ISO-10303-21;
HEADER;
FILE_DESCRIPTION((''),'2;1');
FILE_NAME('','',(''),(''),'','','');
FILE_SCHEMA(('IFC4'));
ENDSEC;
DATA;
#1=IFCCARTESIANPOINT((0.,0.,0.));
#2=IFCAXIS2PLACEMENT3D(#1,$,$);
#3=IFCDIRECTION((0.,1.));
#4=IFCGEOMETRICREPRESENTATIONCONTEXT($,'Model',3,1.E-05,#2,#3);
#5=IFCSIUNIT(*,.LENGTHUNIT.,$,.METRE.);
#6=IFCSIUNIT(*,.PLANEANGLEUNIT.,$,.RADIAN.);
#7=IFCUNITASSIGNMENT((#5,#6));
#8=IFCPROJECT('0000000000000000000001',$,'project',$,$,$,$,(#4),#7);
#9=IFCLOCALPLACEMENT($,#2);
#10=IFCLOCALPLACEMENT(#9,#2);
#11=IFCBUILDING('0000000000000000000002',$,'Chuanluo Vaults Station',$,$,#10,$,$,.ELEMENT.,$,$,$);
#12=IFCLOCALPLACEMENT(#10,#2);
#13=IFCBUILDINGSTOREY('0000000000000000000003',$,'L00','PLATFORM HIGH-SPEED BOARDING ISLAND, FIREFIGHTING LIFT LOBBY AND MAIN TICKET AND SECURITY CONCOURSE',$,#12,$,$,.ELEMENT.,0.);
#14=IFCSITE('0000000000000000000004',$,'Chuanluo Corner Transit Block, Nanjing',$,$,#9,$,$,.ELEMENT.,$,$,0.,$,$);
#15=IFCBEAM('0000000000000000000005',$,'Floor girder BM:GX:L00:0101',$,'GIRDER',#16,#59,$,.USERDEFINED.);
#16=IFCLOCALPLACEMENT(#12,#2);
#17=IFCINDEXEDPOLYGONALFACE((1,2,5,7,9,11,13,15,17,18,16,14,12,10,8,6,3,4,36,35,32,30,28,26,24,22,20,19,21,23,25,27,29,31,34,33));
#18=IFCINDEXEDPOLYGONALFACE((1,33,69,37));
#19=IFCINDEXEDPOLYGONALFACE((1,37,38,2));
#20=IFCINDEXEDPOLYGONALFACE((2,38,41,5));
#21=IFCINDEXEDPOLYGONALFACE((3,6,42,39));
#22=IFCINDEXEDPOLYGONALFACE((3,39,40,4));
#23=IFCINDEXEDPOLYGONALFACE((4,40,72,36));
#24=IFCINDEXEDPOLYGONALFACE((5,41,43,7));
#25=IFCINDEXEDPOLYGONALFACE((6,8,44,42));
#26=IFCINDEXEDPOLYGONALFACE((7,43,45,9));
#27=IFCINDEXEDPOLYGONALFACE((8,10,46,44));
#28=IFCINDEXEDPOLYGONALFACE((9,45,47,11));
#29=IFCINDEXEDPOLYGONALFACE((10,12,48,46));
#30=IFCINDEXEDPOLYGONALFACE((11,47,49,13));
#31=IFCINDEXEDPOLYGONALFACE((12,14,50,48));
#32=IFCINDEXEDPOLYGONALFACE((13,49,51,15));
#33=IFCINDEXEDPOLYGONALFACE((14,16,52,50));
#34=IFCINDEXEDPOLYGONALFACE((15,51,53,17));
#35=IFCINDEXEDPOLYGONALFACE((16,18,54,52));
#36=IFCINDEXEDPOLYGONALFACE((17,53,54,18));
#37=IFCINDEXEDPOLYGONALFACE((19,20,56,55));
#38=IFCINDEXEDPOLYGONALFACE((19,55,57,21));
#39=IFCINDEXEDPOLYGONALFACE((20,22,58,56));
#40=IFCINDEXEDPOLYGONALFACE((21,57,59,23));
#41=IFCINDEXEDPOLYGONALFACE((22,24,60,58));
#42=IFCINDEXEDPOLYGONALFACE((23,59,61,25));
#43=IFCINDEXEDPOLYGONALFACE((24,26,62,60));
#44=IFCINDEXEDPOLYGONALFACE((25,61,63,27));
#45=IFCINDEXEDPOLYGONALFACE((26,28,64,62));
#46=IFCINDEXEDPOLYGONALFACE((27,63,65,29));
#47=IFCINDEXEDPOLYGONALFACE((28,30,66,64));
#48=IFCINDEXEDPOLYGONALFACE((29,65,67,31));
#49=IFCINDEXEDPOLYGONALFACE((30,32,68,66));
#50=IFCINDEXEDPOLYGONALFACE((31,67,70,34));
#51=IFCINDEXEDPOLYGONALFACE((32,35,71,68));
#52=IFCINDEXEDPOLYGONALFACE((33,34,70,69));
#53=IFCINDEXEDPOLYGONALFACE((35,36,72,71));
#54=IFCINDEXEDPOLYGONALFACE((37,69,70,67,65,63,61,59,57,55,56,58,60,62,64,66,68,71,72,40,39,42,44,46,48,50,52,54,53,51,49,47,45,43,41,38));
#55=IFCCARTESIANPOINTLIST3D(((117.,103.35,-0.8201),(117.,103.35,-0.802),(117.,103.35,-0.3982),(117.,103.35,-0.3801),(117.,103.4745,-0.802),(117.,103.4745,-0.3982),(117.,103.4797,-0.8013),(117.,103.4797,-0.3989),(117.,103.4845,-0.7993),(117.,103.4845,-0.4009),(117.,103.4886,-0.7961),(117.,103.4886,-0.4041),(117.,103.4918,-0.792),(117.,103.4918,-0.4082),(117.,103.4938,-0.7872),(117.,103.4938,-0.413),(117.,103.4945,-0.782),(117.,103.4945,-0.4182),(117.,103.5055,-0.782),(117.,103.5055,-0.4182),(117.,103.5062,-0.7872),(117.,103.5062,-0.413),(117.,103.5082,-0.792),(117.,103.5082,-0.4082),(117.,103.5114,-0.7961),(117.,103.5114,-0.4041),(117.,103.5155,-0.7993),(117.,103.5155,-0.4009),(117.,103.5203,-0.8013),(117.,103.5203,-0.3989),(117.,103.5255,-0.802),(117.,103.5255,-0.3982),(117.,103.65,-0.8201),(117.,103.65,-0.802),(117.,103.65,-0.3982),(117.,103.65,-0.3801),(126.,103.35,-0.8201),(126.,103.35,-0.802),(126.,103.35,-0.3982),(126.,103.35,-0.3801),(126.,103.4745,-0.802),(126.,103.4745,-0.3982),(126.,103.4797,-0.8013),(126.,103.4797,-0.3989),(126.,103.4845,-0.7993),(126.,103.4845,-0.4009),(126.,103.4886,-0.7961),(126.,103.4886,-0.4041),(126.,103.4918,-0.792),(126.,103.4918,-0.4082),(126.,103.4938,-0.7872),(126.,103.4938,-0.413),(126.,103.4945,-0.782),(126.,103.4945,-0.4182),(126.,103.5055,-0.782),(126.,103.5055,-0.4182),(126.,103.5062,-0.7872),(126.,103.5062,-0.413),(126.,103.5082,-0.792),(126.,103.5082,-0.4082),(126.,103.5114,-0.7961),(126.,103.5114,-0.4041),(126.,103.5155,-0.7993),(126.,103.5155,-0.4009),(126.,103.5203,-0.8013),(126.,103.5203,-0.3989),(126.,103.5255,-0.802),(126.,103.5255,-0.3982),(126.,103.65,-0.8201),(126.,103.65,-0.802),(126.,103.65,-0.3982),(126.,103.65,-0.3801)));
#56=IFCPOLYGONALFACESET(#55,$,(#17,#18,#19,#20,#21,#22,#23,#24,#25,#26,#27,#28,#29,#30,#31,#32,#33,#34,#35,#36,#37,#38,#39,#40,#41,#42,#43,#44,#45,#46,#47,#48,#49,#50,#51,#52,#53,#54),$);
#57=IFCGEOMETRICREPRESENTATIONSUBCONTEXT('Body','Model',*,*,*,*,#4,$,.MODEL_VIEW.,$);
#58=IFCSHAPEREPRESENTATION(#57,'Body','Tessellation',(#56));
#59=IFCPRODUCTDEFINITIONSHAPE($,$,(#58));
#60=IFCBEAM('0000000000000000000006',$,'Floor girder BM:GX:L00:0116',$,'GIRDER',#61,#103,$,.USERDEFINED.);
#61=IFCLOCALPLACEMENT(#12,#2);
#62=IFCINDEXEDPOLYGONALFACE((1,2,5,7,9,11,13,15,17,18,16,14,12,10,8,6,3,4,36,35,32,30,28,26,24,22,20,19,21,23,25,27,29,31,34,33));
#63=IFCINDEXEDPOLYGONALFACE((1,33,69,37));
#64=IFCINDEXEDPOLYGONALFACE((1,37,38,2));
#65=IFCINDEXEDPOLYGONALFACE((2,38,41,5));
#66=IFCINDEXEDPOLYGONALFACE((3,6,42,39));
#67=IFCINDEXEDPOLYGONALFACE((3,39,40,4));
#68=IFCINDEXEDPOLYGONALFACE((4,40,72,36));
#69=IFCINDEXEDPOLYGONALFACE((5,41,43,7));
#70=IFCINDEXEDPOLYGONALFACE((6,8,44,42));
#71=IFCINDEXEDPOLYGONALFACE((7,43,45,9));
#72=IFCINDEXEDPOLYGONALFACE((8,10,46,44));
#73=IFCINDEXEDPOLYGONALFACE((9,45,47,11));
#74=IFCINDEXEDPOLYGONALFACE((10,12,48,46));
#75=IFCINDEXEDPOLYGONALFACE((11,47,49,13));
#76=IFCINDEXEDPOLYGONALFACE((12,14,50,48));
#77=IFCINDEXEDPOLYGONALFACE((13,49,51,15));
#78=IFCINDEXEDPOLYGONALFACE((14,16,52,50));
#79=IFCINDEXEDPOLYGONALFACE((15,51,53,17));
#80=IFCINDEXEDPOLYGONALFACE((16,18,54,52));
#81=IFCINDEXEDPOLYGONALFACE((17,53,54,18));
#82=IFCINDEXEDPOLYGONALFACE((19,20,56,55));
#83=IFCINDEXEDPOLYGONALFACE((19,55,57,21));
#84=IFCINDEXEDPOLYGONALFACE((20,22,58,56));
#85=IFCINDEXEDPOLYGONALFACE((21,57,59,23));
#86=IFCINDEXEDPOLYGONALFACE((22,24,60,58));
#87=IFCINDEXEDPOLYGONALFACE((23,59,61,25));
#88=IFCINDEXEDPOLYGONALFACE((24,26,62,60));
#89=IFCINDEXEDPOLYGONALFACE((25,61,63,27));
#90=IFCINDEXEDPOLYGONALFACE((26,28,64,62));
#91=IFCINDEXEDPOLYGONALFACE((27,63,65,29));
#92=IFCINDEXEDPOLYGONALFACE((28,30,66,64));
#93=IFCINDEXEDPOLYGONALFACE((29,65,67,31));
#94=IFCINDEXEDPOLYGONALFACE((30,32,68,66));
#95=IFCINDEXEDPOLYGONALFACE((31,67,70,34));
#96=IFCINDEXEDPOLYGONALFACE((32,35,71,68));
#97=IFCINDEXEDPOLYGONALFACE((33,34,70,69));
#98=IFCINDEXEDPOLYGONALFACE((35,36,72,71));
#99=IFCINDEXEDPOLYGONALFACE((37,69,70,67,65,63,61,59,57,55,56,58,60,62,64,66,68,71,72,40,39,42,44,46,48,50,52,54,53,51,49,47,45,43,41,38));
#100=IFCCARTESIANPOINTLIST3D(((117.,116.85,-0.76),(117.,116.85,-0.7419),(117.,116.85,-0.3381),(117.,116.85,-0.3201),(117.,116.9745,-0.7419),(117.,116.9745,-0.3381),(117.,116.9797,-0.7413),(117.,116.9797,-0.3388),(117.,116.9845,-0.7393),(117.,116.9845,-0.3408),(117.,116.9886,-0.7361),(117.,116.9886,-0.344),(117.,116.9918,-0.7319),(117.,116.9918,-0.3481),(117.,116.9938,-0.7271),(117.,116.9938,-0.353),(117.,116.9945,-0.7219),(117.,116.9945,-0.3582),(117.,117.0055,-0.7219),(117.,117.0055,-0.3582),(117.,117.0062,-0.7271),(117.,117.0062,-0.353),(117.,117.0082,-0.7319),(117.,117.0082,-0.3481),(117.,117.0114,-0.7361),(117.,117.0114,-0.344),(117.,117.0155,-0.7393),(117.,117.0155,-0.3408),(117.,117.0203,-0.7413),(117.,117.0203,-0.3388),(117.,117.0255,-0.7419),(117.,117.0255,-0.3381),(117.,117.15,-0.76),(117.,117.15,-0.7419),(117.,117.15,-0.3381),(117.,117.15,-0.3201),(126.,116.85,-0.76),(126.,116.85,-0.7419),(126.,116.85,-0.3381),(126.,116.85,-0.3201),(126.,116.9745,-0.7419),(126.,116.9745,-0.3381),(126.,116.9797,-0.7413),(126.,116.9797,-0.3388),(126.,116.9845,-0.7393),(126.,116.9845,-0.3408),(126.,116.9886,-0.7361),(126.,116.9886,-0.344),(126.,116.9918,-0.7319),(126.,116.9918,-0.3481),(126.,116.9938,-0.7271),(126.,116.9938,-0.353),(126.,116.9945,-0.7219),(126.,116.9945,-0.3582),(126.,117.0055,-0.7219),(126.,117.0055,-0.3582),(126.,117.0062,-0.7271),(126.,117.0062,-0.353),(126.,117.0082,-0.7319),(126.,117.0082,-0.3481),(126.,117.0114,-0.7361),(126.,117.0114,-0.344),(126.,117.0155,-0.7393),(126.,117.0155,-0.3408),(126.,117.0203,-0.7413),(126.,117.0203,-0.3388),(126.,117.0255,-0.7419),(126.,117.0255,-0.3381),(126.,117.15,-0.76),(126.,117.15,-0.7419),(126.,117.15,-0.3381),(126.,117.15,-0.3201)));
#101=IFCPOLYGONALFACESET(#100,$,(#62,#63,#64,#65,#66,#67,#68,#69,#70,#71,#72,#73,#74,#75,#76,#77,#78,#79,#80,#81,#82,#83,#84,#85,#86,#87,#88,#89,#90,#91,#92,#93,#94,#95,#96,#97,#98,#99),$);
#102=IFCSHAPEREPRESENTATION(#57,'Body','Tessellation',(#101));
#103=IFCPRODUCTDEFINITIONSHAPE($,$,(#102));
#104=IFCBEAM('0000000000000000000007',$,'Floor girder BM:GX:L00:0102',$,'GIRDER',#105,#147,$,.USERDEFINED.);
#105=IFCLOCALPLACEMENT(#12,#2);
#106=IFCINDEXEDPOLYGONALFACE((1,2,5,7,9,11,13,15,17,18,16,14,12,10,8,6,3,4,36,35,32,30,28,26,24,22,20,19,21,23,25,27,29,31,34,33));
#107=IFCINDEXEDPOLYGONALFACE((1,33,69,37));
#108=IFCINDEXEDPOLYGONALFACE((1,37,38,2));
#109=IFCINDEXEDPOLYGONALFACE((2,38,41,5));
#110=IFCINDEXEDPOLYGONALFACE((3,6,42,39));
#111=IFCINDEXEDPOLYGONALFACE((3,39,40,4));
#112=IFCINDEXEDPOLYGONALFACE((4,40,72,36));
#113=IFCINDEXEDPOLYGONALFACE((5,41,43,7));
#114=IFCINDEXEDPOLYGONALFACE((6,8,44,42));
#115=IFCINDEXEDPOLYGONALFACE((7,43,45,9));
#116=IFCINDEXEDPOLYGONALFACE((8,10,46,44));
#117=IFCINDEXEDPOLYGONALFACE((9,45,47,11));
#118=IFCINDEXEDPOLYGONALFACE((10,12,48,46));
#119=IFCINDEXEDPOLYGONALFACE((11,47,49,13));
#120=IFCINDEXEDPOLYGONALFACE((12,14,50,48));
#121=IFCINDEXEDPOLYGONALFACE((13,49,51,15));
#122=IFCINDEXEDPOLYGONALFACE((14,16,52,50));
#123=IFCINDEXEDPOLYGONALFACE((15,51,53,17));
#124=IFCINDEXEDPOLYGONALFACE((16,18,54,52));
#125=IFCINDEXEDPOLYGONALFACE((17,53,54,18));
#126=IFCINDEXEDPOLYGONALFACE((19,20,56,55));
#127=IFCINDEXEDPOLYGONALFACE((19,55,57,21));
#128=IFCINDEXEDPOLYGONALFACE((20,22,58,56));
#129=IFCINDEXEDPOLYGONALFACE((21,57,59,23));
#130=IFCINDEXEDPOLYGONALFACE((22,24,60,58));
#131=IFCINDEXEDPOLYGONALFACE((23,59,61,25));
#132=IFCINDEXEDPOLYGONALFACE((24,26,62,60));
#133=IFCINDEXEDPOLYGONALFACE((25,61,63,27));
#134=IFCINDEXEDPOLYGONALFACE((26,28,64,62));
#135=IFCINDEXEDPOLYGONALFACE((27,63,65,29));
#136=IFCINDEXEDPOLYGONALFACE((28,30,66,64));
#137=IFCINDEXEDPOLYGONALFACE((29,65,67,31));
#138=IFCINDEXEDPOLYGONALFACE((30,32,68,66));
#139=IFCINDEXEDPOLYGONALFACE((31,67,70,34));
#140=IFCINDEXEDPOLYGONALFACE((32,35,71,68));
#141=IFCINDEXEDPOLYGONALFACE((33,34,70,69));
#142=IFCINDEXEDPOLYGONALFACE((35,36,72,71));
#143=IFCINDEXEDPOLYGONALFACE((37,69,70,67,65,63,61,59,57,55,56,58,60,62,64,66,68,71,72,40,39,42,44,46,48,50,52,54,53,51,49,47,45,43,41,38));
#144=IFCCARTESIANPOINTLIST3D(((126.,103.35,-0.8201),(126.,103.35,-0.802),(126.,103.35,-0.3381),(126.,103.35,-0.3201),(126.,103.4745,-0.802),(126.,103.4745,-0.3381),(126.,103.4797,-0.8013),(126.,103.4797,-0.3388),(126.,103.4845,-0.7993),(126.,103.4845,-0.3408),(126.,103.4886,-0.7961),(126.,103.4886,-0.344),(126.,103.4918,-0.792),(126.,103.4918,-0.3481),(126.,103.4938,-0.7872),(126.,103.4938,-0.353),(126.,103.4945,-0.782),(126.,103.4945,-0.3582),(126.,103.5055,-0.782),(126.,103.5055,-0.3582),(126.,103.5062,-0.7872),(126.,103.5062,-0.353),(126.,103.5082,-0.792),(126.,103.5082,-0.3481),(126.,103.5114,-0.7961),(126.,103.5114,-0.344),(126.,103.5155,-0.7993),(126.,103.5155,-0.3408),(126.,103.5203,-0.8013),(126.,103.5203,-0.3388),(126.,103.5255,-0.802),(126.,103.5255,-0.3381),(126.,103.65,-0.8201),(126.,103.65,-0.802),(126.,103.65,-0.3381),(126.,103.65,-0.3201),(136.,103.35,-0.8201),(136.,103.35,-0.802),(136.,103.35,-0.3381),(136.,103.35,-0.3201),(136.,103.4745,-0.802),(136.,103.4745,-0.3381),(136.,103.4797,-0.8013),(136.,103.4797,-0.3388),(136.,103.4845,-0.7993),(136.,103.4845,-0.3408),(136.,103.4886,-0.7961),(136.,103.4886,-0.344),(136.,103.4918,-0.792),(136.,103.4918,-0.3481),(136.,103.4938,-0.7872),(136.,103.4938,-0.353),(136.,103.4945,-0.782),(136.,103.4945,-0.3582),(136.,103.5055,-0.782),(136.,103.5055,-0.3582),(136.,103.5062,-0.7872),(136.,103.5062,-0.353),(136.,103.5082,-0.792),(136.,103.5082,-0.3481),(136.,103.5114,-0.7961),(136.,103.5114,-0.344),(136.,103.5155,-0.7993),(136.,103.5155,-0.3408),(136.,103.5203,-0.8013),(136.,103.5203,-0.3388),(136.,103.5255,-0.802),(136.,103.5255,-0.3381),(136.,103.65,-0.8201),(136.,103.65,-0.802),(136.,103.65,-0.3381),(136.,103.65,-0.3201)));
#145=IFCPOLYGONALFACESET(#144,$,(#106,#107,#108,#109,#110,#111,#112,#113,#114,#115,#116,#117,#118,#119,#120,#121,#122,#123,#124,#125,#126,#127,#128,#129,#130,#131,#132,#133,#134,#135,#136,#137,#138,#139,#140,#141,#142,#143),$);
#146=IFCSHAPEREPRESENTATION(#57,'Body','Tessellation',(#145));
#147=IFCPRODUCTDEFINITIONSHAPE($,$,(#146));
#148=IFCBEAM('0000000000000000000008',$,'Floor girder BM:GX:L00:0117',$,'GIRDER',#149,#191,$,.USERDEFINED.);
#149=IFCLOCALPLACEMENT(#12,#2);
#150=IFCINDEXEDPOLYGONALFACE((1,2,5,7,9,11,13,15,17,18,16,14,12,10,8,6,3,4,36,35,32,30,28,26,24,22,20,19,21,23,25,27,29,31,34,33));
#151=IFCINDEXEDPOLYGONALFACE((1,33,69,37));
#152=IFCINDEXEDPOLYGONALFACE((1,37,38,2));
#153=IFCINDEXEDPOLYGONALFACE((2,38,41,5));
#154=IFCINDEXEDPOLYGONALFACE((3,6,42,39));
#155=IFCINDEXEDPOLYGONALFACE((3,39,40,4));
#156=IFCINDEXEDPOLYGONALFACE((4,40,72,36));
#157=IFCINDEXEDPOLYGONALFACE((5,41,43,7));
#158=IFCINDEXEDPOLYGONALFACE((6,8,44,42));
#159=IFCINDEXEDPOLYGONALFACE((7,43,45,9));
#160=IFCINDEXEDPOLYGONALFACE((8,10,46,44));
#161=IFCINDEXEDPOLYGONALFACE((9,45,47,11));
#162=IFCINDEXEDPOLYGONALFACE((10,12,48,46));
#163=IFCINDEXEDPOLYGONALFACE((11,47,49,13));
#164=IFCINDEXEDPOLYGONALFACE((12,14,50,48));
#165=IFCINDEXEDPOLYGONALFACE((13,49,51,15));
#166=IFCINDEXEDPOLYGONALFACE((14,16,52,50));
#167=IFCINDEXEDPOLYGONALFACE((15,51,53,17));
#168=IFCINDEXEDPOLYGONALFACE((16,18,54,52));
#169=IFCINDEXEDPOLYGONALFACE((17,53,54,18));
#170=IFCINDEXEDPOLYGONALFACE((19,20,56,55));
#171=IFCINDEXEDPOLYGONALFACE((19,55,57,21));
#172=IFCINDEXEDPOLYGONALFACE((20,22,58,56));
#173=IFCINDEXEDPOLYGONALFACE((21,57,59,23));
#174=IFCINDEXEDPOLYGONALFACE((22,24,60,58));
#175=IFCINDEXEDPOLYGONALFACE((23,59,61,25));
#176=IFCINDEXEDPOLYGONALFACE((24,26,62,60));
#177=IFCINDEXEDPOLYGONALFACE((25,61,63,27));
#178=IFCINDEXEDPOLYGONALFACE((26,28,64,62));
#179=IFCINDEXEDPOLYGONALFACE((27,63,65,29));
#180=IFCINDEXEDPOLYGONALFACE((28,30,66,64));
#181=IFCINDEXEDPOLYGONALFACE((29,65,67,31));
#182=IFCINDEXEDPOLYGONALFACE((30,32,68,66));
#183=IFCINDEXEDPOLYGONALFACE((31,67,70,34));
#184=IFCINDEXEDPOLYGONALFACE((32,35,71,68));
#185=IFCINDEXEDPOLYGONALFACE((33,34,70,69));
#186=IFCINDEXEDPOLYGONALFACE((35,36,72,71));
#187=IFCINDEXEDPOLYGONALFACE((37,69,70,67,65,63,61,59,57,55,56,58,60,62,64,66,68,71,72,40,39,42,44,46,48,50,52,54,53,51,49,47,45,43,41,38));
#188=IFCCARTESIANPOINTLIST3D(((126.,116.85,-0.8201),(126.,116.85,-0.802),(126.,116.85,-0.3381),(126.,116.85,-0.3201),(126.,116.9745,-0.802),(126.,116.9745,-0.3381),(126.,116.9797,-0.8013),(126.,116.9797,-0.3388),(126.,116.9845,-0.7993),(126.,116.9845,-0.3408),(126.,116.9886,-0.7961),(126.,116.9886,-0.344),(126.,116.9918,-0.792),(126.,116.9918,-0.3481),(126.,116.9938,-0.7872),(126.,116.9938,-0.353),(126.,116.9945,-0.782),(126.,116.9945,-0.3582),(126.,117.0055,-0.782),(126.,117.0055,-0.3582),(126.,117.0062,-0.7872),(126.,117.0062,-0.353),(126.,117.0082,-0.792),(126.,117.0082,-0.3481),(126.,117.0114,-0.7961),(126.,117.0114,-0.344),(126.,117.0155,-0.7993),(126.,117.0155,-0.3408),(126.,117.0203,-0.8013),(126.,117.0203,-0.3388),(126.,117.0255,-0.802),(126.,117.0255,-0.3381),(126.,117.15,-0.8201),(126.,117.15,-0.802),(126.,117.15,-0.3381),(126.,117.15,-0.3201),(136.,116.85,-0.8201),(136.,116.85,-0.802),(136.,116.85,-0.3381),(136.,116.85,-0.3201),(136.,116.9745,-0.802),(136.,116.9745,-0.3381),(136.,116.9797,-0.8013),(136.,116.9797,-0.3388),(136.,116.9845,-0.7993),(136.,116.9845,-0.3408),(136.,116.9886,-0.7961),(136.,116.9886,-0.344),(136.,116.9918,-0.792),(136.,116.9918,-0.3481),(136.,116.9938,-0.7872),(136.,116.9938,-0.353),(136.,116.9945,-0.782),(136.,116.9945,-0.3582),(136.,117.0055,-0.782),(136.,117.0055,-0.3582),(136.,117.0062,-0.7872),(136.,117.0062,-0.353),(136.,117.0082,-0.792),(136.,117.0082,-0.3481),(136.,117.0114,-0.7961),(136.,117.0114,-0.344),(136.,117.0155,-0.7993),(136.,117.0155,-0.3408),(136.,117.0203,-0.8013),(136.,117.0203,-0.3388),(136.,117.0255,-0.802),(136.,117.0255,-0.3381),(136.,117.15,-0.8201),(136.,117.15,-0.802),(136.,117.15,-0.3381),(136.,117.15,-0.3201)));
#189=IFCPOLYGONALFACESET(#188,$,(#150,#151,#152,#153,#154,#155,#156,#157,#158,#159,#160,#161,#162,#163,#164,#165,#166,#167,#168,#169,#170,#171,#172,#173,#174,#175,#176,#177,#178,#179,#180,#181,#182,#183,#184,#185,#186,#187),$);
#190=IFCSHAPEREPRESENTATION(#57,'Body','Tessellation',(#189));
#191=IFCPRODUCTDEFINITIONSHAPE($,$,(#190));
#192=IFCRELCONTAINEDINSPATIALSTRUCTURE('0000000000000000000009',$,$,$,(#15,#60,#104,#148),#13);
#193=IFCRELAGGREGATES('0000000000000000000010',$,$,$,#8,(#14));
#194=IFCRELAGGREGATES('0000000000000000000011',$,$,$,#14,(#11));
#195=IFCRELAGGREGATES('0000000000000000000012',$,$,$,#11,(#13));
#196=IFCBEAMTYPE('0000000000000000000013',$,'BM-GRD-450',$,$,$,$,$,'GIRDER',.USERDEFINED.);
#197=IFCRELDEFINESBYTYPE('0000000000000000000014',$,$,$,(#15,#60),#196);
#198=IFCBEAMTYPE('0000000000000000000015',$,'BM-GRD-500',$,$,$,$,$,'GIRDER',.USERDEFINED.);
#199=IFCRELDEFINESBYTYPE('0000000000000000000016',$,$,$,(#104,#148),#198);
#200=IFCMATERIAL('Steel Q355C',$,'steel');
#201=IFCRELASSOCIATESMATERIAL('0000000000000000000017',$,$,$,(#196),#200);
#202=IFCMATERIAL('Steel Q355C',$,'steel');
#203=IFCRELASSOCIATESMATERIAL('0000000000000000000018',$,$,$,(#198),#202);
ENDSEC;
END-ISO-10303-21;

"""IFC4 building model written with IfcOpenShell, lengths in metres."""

from ifc_helpers import new_model, si_unit, direction, frame, origin, origin_2d, place, context, subcontext, project, spatial, i_section, extrude, material, material_profile, profile_set, type_object, element, save


model = new_model("IFC4")

# Units and contexts
model_context = context("Model", 3, precision=1e-05, world=origin(), true_north=direction((0.0, 1.0)))
body_context = subcontext(model_context, "Body", "Model", "MODEL_VIEW")
ifc_project = project(units=[si_unit("LENGTHUNIT", "METRE"), si_unit("PLANEANGLEUNIT", "RADIAN")], contexts=[model_context])

# Site, building, storey
site_placement = place(None, origin())
site = spatial("IfcSite", under=ifc_project, at=site_placement, Name="Chuanluo Corner Transit Block, Nanjing", CompositionType="ELEMENT", RefElevation=0.0)
building_placement = place(site_placement, origin())
building = spatial("IfcBuilding", under=site, at=building_placement, Name="Chuanluo Vaults Station", CompositionType="ELEMENT")
storey_placement = place(building_placement, origin())
storey = spatial("IfcBuildingStorey", under=building, at=storey_placement, Name="L00", Description="PLATFORM HIGH-SPEED BOARDING ISLAND, FIREFIGHTING LIFT LOBBY AND MAIN TICKET AND SECURITY CONCOURSE", CompositionType="ELEMENT", Elevation=0.0)

# Beams
ifc_material_1 = material(Name="Steel Q355C", Category="steel")
ifc_material_profile_1 = material_profile(ifc_material_1, i_section(OverallWidth=0.3, OverallDepth=0.4399, WebThickness=0.011, FlangeThickness=0.0181, FilletRadius=0.02, at=origin_2d()))
ifc_profile_set_1 = profile_set([ifc_material_profile_1], Name="Steel Q355C")
beam_type_1 = type_object("IfcBeamType", Name="BM-GRD-450", ElementType="GIRDER", PredefinedType="USERDEFINED", material=ifc_profile_set_1)
for number, where, z_axis, x_axis, name in (
    (1, (117.0, 103.5, -0.6001), (1.0, 0.0, 0.0), (0.0, 1.0, 0.0), "Floor girder BM:GX:L00:0101"),
    (2, (117.0, 117.0, -0.54), (1.0, 0.0, 0.0), (0.0, 1.0, 0.0), "Floor girder BM:GX:L00:0116"),
):
    element("IfcBeam", number, at=place(storey_placement, frame(where, z_axis=z_axis, x_axis=x_axis)), inside=storey, type_object=beam_type_1, Name=name, ObjectType="GIRDER", PredefinedType="USERDEFINED", context=body_context, shape_type="SweptSolid", body=[
        extrude(i_section(OverallWidth=0.3, OverallDepth=0.4399, WebThickness=0.011, FlangeThickness=0.0181, FilletRadius=0.02, at=origin_2d()), origin(), (0.0, 0.0, 1.0), 9.0),
    ])
ifc_material_2 = material(Name="Steel Q355C", Category="steel")
ifc_material_profile_2 = material_profile(ifc_material_2, i_section(OverallWidth=0.3, OverallDepth=0.5, WebThickness=0.011, FlangeThickness=0.0181, FilletRadius=0.02, at=origin_2d()))
ifc_profile_set_2 = profile_set([ifc_material_profile_2], Name="Steel Q355C")
beam_type_2 = type_object("IfcBeamType", Name="BM-GRD-500", ElementType="GIRDER", PredefinedType="USERDEFINED", material=ifc_profile_set_2)
for number, where, z_axis, x_axis, name in (
    (3, (126.0, 103.5, -0.5701), (1.0, 0.0, 0.0), (0.0, 1.0, 0.0), "Floor girder BM:GX:L00:0102"),
    (4, (126.0, 117.0, -0.5701), (1.0, 0.0, 0.0), (0.0, 1.0, 0.0), "Floor girder BM:GX:L00:0117"),
):
    element("IfcBeam", number, at=place(storey_placement, frame(where, z_axis=z_axis, x_axis=x_axis)), inside=storey, type_object=beam_type_2, Name=name, ObjectType="GIRDER", PredefinedType="USERDEFINED", context=body_context, shape_type="SweptSolid", body=[
        extrude(i_section(OverallWidth=0.3, OverallDepth=0.5, WebThickness=0.011, FlangeThickness=0.0181, FilletRadius=0.02, at=origin_2d()), origin(), (0.0, 0.0, 1.0), 10.0),
    ])

save(model, "model.ifc")
